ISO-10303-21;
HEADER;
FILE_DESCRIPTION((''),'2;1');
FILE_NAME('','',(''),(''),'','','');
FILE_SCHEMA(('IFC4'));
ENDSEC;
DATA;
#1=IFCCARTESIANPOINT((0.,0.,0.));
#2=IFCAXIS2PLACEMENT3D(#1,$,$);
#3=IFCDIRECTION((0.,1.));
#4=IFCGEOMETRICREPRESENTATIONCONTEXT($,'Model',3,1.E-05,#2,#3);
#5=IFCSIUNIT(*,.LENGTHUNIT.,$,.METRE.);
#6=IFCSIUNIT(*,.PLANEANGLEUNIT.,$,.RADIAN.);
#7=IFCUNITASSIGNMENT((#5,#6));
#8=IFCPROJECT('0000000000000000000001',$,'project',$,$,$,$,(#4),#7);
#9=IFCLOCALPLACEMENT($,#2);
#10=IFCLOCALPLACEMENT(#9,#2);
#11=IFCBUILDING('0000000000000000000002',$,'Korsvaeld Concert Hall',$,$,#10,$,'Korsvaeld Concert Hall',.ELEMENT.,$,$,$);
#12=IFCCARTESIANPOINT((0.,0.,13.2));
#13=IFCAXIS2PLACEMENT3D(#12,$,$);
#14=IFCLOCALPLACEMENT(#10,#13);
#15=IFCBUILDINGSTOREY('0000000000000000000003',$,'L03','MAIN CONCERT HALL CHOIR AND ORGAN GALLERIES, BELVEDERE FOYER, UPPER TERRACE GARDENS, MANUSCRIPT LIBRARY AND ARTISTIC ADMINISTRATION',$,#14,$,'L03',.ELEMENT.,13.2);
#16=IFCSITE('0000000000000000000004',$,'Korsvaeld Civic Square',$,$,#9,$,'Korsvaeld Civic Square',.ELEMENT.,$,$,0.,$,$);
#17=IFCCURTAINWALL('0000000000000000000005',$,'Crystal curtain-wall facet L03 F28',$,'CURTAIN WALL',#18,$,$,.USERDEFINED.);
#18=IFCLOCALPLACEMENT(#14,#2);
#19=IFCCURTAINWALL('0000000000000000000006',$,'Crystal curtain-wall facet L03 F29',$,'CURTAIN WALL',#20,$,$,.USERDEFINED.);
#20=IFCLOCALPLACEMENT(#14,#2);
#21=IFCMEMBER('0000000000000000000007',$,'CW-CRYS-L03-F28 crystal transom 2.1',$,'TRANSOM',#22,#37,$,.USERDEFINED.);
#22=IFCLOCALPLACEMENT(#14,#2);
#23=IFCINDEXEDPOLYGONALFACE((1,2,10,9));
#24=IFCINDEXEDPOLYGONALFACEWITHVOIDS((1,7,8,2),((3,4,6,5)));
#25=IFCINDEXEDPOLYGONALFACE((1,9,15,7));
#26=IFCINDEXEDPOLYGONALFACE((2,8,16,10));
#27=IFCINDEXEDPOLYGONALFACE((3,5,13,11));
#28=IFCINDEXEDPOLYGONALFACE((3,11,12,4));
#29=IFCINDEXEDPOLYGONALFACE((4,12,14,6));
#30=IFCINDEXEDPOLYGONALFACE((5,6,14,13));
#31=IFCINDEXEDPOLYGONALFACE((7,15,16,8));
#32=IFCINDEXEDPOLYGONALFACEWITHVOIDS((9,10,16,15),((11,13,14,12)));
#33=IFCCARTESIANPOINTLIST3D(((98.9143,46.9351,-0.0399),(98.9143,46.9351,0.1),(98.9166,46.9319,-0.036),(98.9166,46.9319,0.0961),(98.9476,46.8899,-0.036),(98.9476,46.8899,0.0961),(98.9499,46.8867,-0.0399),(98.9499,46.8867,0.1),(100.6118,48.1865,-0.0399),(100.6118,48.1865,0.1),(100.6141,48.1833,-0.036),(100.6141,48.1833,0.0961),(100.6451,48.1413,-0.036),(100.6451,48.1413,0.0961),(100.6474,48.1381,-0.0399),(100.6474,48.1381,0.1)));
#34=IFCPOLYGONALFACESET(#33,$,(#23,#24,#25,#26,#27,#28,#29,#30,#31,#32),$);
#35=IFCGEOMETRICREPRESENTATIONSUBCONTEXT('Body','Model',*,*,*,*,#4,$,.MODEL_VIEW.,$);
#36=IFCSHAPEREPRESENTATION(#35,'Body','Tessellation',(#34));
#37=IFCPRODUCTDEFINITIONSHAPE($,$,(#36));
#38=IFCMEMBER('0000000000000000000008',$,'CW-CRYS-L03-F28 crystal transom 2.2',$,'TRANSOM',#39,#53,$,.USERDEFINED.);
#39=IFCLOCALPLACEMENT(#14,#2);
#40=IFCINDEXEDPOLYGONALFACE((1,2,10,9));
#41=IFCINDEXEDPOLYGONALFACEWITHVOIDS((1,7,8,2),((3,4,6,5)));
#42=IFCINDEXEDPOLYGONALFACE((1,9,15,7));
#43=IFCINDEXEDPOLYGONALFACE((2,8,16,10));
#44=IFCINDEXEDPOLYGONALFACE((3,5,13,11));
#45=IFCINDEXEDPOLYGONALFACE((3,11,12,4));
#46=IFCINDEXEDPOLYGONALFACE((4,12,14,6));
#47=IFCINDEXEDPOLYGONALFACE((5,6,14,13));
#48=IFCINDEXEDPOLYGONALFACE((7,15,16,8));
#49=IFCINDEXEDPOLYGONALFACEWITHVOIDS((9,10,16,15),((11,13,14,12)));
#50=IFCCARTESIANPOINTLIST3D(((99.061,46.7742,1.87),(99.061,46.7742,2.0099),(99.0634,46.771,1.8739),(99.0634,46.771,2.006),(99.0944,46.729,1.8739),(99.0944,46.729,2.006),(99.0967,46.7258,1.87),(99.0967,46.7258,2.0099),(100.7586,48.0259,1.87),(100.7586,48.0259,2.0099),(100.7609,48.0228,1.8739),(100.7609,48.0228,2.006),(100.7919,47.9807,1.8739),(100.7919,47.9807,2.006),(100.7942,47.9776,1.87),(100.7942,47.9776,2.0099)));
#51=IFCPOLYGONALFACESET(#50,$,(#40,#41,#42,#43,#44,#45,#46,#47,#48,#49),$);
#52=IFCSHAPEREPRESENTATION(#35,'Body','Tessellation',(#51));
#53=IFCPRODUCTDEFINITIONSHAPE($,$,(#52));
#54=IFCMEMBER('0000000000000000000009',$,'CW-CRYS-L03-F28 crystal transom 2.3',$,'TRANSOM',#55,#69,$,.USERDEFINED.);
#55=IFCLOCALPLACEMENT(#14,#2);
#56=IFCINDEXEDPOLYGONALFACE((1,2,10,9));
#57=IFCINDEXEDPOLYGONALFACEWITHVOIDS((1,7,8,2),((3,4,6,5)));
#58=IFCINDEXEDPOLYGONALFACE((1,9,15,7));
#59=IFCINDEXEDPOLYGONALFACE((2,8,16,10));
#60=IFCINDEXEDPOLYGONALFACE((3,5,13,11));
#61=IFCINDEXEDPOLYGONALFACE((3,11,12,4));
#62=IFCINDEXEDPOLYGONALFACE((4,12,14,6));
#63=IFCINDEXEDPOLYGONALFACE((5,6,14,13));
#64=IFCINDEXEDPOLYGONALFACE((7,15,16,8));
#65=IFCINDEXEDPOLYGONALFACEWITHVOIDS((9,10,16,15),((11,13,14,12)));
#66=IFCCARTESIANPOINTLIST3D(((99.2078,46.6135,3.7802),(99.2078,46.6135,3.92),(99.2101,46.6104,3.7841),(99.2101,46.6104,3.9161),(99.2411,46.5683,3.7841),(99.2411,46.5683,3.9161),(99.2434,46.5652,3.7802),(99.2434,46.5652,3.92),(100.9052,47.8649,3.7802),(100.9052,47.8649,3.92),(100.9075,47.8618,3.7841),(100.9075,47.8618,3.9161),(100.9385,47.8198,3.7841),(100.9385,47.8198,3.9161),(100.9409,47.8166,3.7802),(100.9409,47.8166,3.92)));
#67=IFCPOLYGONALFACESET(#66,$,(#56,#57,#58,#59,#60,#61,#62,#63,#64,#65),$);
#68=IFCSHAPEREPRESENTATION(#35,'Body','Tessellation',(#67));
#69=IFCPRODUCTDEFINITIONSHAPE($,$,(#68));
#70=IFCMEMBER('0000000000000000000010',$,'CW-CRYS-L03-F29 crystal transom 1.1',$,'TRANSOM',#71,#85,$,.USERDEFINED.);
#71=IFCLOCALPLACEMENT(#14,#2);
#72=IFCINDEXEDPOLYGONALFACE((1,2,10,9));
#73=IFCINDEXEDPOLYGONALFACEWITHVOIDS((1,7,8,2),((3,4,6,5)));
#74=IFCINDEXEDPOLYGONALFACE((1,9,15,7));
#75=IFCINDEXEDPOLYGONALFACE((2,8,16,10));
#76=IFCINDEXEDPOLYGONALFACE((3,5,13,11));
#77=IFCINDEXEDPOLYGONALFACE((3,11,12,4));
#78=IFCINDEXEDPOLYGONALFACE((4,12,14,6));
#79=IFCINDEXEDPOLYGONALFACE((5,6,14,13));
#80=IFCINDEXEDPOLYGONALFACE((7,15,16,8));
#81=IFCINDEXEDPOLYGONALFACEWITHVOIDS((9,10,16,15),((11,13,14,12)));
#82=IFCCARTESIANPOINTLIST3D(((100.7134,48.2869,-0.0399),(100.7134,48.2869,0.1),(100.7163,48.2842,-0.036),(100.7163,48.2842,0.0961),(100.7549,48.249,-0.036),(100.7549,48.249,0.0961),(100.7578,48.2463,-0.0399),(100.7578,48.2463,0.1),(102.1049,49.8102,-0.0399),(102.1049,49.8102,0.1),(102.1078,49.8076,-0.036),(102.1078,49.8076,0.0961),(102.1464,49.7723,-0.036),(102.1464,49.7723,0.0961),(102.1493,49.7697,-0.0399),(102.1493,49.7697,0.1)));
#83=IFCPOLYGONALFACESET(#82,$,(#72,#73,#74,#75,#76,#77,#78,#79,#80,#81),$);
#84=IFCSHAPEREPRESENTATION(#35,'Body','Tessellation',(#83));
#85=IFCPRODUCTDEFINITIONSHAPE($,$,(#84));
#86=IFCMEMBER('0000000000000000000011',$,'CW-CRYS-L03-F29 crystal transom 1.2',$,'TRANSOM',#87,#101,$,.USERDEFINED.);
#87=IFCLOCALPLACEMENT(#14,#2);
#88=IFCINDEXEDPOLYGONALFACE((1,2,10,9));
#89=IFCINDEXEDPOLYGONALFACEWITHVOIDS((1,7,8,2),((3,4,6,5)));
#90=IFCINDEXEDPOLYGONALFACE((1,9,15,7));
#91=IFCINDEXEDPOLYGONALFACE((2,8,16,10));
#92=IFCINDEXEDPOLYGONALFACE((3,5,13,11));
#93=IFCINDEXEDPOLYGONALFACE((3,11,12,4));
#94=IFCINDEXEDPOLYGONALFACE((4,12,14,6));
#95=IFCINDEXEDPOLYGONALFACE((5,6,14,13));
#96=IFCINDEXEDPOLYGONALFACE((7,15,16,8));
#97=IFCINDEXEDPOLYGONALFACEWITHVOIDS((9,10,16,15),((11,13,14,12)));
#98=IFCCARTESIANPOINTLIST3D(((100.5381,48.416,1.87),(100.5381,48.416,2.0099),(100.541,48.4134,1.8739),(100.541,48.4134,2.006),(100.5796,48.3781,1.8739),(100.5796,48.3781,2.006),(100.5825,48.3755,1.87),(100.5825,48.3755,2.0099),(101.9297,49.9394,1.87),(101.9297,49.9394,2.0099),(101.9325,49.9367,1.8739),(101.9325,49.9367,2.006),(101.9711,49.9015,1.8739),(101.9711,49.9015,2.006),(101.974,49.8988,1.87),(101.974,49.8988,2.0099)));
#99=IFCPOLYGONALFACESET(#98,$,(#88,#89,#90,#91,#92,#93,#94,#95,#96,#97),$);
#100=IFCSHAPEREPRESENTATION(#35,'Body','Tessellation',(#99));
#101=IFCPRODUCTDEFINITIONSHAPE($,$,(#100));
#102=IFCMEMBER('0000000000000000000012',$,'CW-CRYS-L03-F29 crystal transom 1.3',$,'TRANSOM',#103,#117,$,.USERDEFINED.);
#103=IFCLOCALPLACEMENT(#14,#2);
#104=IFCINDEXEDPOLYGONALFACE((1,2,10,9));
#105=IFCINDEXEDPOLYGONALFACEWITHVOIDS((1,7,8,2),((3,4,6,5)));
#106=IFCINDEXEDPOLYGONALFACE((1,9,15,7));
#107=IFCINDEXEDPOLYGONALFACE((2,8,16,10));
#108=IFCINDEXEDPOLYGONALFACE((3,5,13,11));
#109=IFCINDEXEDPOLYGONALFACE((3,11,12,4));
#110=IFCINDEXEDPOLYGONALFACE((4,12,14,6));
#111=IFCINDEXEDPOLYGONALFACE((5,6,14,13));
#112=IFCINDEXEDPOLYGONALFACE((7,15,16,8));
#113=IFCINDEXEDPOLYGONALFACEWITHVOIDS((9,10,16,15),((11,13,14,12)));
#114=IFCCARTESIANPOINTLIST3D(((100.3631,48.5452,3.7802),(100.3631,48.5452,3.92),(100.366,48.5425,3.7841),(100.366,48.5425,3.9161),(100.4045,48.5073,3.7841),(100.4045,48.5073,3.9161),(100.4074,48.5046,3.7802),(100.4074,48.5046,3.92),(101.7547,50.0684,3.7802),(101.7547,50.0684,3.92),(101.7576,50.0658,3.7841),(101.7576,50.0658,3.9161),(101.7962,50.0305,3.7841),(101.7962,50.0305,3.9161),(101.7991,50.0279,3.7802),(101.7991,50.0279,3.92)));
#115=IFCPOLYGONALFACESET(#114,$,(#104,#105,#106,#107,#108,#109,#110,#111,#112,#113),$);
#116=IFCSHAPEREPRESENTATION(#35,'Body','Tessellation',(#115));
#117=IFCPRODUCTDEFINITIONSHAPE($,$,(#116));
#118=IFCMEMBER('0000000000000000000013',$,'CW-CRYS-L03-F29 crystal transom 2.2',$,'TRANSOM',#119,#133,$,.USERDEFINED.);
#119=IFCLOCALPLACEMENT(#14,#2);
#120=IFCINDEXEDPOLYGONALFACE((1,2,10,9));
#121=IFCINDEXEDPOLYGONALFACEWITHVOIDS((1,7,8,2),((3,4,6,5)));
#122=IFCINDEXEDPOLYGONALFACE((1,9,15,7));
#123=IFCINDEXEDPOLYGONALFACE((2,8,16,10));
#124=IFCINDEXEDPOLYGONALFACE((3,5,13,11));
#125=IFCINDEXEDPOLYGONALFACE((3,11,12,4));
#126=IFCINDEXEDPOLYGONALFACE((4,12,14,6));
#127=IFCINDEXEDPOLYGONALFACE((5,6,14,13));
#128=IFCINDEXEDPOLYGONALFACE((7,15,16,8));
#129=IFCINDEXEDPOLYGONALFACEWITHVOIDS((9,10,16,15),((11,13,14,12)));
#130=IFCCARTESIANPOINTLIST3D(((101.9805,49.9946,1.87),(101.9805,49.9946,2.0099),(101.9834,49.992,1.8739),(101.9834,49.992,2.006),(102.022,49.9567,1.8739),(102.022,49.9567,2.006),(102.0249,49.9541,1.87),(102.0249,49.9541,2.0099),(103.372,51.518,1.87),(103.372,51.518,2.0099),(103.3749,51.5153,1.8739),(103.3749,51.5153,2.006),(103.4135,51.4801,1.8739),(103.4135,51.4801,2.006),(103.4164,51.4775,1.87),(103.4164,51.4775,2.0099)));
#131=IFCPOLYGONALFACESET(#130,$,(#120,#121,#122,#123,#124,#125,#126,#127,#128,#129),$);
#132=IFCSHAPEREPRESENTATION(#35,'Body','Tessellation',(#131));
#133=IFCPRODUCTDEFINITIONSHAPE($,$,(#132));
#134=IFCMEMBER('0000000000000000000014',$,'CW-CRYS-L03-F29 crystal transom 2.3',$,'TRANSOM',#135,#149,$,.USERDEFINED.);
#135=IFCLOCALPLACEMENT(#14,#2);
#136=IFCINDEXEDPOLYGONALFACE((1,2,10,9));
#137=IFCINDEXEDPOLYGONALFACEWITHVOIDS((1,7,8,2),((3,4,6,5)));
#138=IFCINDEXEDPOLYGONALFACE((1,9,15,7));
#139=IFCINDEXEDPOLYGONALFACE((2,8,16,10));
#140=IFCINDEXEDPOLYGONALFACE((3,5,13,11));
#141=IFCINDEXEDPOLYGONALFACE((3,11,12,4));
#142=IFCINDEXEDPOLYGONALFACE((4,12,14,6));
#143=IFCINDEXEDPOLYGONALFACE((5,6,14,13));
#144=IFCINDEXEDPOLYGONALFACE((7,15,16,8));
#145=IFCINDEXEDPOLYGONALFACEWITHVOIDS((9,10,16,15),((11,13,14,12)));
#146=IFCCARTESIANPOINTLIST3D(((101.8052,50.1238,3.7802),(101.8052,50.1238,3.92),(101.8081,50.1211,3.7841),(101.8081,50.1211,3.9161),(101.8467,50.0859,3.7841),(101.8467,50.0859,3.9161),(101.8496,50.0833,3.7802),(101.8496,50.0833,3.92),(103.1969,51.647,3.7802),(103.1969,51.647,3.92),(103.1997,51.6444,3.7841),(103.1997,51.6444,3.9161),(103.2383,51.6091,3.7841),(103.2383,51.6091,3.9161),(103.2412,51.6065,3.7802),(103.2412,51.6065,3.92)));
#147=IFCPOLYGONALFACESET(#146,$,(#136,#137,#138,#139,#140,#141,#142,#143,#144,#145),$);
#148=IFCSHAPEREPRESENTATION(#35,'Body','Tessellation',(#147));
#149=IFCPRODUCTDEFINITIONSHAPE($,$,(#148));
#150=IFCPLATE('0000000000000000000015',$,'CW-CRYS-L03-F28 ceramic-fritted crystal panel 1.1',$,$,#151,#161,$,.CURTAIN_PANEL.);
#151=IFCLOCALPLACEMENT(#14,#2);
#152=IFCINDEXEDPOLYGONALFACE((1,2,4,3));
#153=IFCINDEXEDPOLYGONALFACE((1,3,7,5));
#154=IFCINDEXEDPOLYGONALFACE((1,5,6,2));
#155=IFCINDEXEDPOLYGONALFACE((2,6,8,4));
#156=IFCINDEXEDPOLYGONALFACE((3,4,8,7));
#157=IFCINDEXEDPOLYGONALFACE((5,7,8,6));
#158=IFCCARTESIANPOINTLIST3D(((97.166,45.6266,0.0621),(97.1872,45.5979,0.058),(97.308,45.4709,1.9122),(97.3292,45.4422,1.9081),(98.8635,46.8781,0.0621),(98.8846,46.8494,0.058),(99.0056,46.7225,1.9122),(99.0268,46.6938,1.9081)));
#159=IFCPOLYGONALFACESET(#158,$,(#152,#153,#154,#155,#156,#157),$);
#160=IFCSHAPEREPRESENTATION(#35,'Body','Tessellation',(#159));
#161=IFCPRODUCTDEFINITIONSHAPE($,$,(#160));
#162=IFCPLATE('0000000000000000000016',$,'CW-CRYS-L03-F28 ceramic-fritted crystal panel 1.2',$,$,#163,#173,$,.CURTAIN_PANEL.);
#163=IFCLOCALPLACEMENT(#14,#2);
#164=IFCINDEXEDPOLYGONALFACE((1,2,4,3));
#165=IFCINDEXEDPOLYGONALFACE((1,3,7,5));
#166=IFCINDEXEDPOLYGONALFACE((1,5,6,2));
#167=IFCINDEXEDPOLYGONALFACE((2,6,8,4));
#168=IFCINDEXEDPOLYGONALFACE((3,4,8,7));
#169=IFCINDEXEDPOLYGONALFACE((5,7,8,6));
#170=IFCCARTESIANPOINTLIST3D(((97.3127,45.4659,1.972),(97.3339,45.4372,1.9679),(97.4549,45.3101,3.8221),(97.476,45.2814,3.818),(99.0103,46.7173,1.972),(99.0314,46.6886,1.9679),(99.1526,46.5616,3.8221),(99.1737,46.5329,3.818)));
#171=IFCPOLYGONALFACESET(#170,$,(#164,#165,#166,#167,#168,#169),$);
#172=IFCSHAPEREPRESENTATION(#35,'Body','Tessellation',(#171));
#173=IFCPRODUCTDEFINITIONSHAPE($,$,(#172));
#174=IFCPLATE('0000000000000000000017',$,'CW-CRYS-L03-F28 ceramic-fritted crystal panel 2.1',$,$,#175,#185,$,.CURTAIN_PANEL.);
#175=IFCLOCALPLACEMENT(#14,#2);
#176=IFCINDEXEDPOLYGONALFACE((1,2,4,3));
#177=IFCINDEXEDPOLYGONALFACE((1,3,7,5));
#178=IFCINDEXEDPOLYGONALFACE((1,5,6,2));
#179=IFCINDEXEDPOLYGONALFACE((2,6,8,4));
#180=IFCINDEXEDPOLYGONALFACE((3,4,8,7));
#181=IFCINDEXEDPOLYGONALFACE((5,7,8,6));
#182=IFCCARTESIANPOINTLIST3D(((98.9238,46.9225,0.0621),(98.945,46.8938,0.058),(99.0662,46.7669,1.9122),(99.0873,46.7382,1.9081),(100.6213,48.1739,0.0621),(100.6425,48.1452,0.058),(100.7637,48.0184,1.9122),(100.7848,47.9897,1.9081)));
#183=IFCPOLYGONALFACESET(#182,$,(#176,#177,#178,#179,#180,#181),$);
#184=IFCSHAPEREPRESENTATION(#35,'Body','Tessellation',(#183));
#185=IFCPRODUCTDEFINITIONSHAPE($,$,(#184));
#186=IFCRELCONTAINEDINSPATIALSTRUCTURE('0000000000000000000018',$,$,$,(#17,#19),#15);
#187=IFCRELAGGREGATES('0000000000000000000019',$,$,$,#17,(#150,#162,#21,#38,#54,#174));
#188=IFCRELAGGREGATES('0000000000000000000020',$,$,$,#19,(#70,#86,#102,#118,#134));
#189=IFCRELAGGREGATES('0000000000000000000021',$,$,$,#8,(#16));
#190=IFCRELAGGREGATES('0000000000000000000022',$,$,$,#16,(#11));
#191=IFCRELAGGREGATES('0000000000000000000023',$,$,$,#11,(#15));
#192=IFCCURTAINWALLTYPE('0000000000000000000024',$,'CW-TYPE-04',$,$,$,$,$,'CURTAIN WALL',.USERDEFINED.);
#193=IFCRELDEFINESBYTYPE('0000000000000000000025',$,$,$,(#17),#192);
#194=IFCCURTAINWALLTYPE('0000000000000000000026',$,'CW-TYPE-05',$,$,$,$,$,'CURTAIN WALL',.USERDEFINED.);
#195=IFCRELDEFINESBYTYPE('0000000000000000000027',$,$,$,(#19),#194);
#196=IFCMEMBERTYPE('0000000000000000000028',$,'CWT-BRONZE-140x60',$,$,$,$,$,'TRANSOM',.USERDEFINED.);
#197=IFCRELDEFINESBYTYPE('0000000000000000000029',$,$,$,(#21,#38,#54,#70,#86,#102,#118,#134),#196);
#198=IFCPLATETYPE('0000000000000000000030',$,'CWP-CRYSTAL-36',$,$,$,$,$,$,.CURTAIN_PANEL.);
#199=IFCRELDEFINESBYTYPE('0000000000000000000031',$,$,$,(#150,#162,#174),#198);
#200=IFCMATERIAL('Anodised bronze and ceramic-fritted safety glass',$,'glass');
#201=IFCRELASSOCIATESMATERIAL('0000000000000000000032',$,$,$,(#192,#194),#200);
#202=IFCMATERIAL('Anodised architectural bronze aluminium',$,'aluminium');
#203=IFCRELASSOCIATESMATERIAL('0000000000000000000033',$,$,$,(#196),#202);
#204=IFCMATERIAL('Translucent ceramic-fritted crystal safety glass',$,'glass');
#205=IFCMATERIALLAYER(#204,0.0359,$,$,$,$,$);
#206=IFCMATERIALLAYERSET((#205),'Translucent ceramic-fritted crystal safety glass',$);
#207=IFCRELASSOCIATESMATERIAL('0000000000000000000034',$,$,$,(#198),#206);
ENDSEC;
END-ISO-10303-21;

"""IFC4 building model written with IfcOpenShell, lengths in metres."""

from ifc_helpers import new_model, si_unit, direction, frame, origin, origin_2d, place, context, subcontext, project, spatial, polyline, hollow_rectangle, outline, extrude, material, layer, layer_set, material_profile, profile_set, type_object, element, aggregate, save


model = new_model("IFC4")

# Units and contexts
model_context = context("Model", 3, precision=1e-05, world=origin(), true_north=direction((0.0, 1.0)))
body_context = subcontext(model_context, "Body", "Model", "MODEL_VIEW")
ifc_project = project(units=[si_unit("LENGTHUNIT", "METRE"), si_unit("PLANEANGLEUNIT", "RADIAN")], contexts=[model_context])

# Site, building, storey
site_placement = place(None, origin())
site = spatial("IfcSite", under=ifc_project, at=site_placement, Name="Korsvaeld Civic Square", LongName="Korsvaeld Civic Square", CompositionType="ELEMENT", RefElevation=0.0)
building_placement = place(site_placement, origin())
building = spatial("IfcBuilding", under=site, at=building_placement, Name="Korsvaeld Concert Hall", LongName="Korsvaeld Concert Hall", CompositionType="ELEMENT")
storey_placement = place(building_placement, frame((0.0, 0.0, 13.2)))
storey = spatial("IfcBuildingStorey", under=building, at=storey_placement, Name="L03", Description="MAIN CONCERT HALL CHOIR AND ORGAN GALLERIES, BELVEDERE FOYER, UPPER TERRACE GARDENS, MANUSCRIPT LIBRARY AND ARTISTIC ADMINISTRATION", LongName="L03", CompositionType="ELEMENT", Elevation=13.2)

# Curtain wall
ifc_material_1 = material(Name="Anodised bronze and ceramic-fritted safety glass", Category="glass")
curtain_wall_type_1 = type_object("IfcCurtainWallType", Name="CW-TYPE-04", ElementType="CURTAIN WALL", PredefinedType="USERDEFINED", material=ifc_material_1)
curtain_wall_1_placement = place(storey_placement, origin())
curtain_wall_1 = element("IfcCurtainWall", 1, at=curtain_wall_1_placement, inside=storey, type_object=curtain_wall_type_1, Name="Crystal curtain-wall facet L03 F28", ObjectType="CURTAIN WALL", PredefinedType="USERDEFINED")
ifc_material_2 = material(Name="Anodised architectural bronze aluminium", Category="aluminium")

# Curtain wall
curtain_wall_type_2 = type_object("IfcCurtainWallType", Name="CW-TYPE-05", ElementType="CURTAIN WALL", PredefinedType="USERDEFINED", material=ifc_material_1)
curtain_wall_2_placement = place(storey_placement, origin())
curtain_wall_2 = element("IfcCurtainWall", 2, at=curtain_wall_2_placement, inside=storey, type_object=curtain_wall_type_2, Name="Crystal curtain-wall facet L03 F29", ObjectType="CURTAIN WALL", PredefinedType="USERDEFINED")

# Members
ifc_material_profile_1 = material_profile(ifc_material_2, hollow_rectangle(XDim=0.0601, YDim=0.1399, WallThickness=0.0039, at=origin_2d()), Name="CWT 140x60x4")
ifc_profile_set_1 = profile_set([ifc_material_profile_1], Name="Anodised architectural bronze aluminium")
member_type_1 = type_object("IfcMemberType", Name="CWT-BRONZE-140x60", ElementType="TRANSOM", PredefinedType="USERDEFINED", material=ifc_profile_set_1)
member_1_placement = place(storey_placement, frame((98.9321, 46.9109, 0.03), z_axis=(0.804905, 0.593404, 0.0), x_axis=(-0.593404, 0.804905, 0.0)))
member_1 = element("IfcMember", 3, at=member_1_placement, type_object=member_type_1, Name="CW-CRYS-L03-F28 crystal transom 2.1", ObjectType="TRANSOM", PredefinedType="USERDEFINED", context=body_context, shape_type="SweptSolid", body=[
    extrude(hollow_rectangle(XDim=0.0601, YDim=0.1399, WallThickness=0.0039, at=origin_2d()), origin(), (0.0, 0.0, 1.0), 2.1089),
])
member_2_placement = place(storey_placement, frame((99.0789, 46.75, 1.9399), z_axis=(0.804849, 0.593479, 0.0), x_axis=(-0.593479, 0.804849, 0.0)))
member_2 = element("IfcMember", 4, at=member_2_placement, type_object=member_type_1, Name="CW-CRYS-L03-F28 crystal transom 2.2", ObjectType="TRANSOM", PredefinedType="USERDEFINED", context=body_context, shape_type="SweptSolid", body=[
    extrude(hollow_rectangle(XDim=0.0601, YDim=0.1399, WallThickness=0.0039, at=origin_2d()), origin(), (0.0, 0.0, 1.0), 2.1091),
])
member_3_placement = place(storey_placement, frame((99.2256, 46.5894, 3.8501), z_axis=(0.804905, 0.593404, 0.0), x_axis=(-0.593404, 0.804905, 0.0)))
member_3 = element("IfcMember", 5, at=member_3_placement, type_object=member_type_1, Name="CW-CRYS-L03-F28 crystal transom 2.3", ObjectType="TRANSOM", PredefinedType="USERDEFINED", context=body_context, shape_type="SweptSolid", body=[
    extrude(hollow_rectangle(XDim=0.0601, YDim=0.1399, WallThickness=0.0039, at=origin_2d()), origin(), (0.0, 0.0, 1.0), 2.1089),
])
member_4_placement = place(storey_placement, frame((100.7356, 48.2666, 0.03), z_axis=(0.674438, 0.738332, 0.0), x_axis=(-0.738332, 0.674438, 0.0)))
member_4 = element("IfcMember", 6, at=member_4_placement, type_object=member_type_1, Name="CW-CRYS-L03-F29 crystal transom 1.1", ObjectType="TRANSOM", PredefinedType="USERDEFINED", context=body_context, shape_type="SweptSolid", body=[
    extrude(hollow_rectangle(XDim=0.0601, YDim=0.1399, WallThickness=0.0039, at=origin_2d()), origin(), (0.0, 0.0, 1.0), 2.0632),
])
member_5_placement = place(storey_placement, frame((100.5603, 48.3958, 1.9399), z_axis=(0.674438, 0.738332, 0.0), x_axis=(-0.738332, 0.674438, 0.0)))
member_5 = element("IfcMember", 7, at=member_5_placement, type_object=member_type_1, Name="CW-CRYS-L03-F29 crystal transom 1.2", ObjectType="TRANSOM", PredefinedType="USERDEFINED", context=body_context, shape_type="SweptSolid", body=[
    extrude(hollow_rectangle(XDim=0.0601, YDim=0.1399, WallThickness=0.0039, at=origin_2d()), origin(), (0.0, 0.0, 1.0), 2.0632),
])
member_6_placement = place(storey_placement, frame((100.3853, 48.5249, 3.8501), z_axis=(0.674497, 0.738278, 0.0), x_axis=(-0.738278, 0.674497, 0.0)))
member_6 = element("IfcMember", 8, at=member_6_placement, type_object=member_type_1, Name="CW-CRYS-L03-F29 crystal transom 1.3", ObjectType="TRANSOM", PredefinedType="USERDEFINED", context=body_context, shape_type="SweptSolid", body=[
    extrude(hollow_rectangle(XDim=0.0601, YDim=0.1399, WallThickness=0.0039, at=origin_2d()), origin(), (0.0, 0.0, 1.0), 2.0632),
])
member_7_placement = place(storey_placement, frame((102.0027, 49.9744, 1.9399), z_axis=(0.674438, 0.738332, 0.0), x_axis=(-0.738332, 0.674438, 0.0)))
member_7 = element("IfcMember", 9, at=member_7_placement, type_object=member_type_1, Name="CW-CRYS-L03-F29 crystal transom 2.2", ObjectType="TRANSOM", PredefinedType="USERDEFINED", context=body_context, shape_type="SweptSolid", body=[
    extrude(hollow_rectangle(XDim=0.0601, YDim=0.1399, WallThickness=0.0039, at=origin_2d()), origin(), (0.0, 0.0, 1.0), 2.0632),
])
member_8_placement = place(storey_placement, frame((101.8274, 50.1035, 3.8501), z_axis=(0.674497, 0.738278, 0.0), x_axis=(-0.738278, 0.674497, 0.0)))
member_8 = element("IfcMember", 10, at=member_8_placement, type_object=member_type_1, Name="CW-CRYS-L03-F29 crystal transom 2.3", ObjectType="TRANSOM", PredefinedType="USERDEFINED", context=body_context, shape_type="SweptSolid", body=[
    extrude(hollow_rectangle(XDim=0.0601, YDim=0.1399, WallThickness=0.0039, at=origin_2d()), origin(), (0.0, 0.0, 1.0), 2.0632),
])

# Plates
ifc_material_3 = material(Name="Translucent ceramic-fritted crystal safety glass", Category="glass")
ifc_layer_1 = layer(ifc_material_3, 0.0359)
ifc_layer_set_1 = layer_set([ifc_layer_1], Name="Translucent ceramic-fritted crystal safety glass")
plate_type = type_object("IfcPlateType", Name="CWP-CRYSTAL-36", PredefinedType="CURTAIN_PANEL", material=ifc_layer_set_1)
plate_1_placement = place(storey_placement, frame((97.1765, 45.6123, 0.0601), z_axis=(0.58967, -0.799761, -0.112567), x_axis=(0.804877, 0.593441, 0.000005)))
plate_1 = element("IfcPlate", 11, at=plate_1_placement, type_object=plate_type, Name="CW-CRYS-L03-F28 ceramic-fritted crystal panel 1.1", PredefinedType="CURTAIN_PANEL", context=body_context, shape_type="SweptSolid", body=[
    extrude(outline(polyline([(0.0, 0.0), (2.109, 0.0), (2.131, 1.8619), (0.0219, 1.8619), (0.0, 0.0)])), frame((0.0, 0.0, 0.0181)), (0.0, 0.0, -1.0), 0.0359),
])
plate_2_placement = place(storey_placement, frame((97.3232, 45.4517, 1.97), z_axis=(0.589599, -0.799801, -0.112657), x_axis=(0.804925, 0.593377, -0.000004)))
plate_2 = element("IfcPlate", 12, at=plate_2_placement, type_object=plate_type, Name="CW-CRYS-L03-F28 ceramic-fritted crystal panel 1.2", PredefinedType="CURTAIN_PANEL", context=body_context, shape_type="SweptSolid", body=[
    extrude(outline(polyline([(0.0, 0.0), (2.109, 0.0), (2.1311, 1.862), (0.0219, 1.8619), (0.0, 0.0)])), frame((0.0, 0.0, 0.0181)), (0.0, 0.0, -1.0), 0.0359),
])
plate_3_placement = place(storey_placement, frame((98.9343, 46.9082, 0.0601), z_axis=(0.589631, -0.799786, -0.112592), x_axis=(0.804905, 0.593404, 0.0)))
plate_3 = element("IfcPlate", 13, at=plate_3_placement, type_object=plate_type, Name="CW-CRYS-L03-F28 ceramic-fritted crystal panel 2.1", PredefinedType="CURTAIN_PANEL", context=body_context, shape_type="SweptSolid", body=[
    extrude(outline(polyline([(0.0, 0.0), (2.109, 0.0), (2.1312, 1.8619), (0.0223, 1.8619), (0.0, 0.0)])), frame((0.0, 0.0, 0.0181)), (0.0, 0.0, -1.0), 0.0359),
])
aggregate(curtain_wall_1, [plate_1, plate_2, member_1, member_2, member_3, plate_3])
aggregate(curtain_wall_2, [member_4, member_5, member_6, member_7, member_8])

save(model, "model.ifc")
